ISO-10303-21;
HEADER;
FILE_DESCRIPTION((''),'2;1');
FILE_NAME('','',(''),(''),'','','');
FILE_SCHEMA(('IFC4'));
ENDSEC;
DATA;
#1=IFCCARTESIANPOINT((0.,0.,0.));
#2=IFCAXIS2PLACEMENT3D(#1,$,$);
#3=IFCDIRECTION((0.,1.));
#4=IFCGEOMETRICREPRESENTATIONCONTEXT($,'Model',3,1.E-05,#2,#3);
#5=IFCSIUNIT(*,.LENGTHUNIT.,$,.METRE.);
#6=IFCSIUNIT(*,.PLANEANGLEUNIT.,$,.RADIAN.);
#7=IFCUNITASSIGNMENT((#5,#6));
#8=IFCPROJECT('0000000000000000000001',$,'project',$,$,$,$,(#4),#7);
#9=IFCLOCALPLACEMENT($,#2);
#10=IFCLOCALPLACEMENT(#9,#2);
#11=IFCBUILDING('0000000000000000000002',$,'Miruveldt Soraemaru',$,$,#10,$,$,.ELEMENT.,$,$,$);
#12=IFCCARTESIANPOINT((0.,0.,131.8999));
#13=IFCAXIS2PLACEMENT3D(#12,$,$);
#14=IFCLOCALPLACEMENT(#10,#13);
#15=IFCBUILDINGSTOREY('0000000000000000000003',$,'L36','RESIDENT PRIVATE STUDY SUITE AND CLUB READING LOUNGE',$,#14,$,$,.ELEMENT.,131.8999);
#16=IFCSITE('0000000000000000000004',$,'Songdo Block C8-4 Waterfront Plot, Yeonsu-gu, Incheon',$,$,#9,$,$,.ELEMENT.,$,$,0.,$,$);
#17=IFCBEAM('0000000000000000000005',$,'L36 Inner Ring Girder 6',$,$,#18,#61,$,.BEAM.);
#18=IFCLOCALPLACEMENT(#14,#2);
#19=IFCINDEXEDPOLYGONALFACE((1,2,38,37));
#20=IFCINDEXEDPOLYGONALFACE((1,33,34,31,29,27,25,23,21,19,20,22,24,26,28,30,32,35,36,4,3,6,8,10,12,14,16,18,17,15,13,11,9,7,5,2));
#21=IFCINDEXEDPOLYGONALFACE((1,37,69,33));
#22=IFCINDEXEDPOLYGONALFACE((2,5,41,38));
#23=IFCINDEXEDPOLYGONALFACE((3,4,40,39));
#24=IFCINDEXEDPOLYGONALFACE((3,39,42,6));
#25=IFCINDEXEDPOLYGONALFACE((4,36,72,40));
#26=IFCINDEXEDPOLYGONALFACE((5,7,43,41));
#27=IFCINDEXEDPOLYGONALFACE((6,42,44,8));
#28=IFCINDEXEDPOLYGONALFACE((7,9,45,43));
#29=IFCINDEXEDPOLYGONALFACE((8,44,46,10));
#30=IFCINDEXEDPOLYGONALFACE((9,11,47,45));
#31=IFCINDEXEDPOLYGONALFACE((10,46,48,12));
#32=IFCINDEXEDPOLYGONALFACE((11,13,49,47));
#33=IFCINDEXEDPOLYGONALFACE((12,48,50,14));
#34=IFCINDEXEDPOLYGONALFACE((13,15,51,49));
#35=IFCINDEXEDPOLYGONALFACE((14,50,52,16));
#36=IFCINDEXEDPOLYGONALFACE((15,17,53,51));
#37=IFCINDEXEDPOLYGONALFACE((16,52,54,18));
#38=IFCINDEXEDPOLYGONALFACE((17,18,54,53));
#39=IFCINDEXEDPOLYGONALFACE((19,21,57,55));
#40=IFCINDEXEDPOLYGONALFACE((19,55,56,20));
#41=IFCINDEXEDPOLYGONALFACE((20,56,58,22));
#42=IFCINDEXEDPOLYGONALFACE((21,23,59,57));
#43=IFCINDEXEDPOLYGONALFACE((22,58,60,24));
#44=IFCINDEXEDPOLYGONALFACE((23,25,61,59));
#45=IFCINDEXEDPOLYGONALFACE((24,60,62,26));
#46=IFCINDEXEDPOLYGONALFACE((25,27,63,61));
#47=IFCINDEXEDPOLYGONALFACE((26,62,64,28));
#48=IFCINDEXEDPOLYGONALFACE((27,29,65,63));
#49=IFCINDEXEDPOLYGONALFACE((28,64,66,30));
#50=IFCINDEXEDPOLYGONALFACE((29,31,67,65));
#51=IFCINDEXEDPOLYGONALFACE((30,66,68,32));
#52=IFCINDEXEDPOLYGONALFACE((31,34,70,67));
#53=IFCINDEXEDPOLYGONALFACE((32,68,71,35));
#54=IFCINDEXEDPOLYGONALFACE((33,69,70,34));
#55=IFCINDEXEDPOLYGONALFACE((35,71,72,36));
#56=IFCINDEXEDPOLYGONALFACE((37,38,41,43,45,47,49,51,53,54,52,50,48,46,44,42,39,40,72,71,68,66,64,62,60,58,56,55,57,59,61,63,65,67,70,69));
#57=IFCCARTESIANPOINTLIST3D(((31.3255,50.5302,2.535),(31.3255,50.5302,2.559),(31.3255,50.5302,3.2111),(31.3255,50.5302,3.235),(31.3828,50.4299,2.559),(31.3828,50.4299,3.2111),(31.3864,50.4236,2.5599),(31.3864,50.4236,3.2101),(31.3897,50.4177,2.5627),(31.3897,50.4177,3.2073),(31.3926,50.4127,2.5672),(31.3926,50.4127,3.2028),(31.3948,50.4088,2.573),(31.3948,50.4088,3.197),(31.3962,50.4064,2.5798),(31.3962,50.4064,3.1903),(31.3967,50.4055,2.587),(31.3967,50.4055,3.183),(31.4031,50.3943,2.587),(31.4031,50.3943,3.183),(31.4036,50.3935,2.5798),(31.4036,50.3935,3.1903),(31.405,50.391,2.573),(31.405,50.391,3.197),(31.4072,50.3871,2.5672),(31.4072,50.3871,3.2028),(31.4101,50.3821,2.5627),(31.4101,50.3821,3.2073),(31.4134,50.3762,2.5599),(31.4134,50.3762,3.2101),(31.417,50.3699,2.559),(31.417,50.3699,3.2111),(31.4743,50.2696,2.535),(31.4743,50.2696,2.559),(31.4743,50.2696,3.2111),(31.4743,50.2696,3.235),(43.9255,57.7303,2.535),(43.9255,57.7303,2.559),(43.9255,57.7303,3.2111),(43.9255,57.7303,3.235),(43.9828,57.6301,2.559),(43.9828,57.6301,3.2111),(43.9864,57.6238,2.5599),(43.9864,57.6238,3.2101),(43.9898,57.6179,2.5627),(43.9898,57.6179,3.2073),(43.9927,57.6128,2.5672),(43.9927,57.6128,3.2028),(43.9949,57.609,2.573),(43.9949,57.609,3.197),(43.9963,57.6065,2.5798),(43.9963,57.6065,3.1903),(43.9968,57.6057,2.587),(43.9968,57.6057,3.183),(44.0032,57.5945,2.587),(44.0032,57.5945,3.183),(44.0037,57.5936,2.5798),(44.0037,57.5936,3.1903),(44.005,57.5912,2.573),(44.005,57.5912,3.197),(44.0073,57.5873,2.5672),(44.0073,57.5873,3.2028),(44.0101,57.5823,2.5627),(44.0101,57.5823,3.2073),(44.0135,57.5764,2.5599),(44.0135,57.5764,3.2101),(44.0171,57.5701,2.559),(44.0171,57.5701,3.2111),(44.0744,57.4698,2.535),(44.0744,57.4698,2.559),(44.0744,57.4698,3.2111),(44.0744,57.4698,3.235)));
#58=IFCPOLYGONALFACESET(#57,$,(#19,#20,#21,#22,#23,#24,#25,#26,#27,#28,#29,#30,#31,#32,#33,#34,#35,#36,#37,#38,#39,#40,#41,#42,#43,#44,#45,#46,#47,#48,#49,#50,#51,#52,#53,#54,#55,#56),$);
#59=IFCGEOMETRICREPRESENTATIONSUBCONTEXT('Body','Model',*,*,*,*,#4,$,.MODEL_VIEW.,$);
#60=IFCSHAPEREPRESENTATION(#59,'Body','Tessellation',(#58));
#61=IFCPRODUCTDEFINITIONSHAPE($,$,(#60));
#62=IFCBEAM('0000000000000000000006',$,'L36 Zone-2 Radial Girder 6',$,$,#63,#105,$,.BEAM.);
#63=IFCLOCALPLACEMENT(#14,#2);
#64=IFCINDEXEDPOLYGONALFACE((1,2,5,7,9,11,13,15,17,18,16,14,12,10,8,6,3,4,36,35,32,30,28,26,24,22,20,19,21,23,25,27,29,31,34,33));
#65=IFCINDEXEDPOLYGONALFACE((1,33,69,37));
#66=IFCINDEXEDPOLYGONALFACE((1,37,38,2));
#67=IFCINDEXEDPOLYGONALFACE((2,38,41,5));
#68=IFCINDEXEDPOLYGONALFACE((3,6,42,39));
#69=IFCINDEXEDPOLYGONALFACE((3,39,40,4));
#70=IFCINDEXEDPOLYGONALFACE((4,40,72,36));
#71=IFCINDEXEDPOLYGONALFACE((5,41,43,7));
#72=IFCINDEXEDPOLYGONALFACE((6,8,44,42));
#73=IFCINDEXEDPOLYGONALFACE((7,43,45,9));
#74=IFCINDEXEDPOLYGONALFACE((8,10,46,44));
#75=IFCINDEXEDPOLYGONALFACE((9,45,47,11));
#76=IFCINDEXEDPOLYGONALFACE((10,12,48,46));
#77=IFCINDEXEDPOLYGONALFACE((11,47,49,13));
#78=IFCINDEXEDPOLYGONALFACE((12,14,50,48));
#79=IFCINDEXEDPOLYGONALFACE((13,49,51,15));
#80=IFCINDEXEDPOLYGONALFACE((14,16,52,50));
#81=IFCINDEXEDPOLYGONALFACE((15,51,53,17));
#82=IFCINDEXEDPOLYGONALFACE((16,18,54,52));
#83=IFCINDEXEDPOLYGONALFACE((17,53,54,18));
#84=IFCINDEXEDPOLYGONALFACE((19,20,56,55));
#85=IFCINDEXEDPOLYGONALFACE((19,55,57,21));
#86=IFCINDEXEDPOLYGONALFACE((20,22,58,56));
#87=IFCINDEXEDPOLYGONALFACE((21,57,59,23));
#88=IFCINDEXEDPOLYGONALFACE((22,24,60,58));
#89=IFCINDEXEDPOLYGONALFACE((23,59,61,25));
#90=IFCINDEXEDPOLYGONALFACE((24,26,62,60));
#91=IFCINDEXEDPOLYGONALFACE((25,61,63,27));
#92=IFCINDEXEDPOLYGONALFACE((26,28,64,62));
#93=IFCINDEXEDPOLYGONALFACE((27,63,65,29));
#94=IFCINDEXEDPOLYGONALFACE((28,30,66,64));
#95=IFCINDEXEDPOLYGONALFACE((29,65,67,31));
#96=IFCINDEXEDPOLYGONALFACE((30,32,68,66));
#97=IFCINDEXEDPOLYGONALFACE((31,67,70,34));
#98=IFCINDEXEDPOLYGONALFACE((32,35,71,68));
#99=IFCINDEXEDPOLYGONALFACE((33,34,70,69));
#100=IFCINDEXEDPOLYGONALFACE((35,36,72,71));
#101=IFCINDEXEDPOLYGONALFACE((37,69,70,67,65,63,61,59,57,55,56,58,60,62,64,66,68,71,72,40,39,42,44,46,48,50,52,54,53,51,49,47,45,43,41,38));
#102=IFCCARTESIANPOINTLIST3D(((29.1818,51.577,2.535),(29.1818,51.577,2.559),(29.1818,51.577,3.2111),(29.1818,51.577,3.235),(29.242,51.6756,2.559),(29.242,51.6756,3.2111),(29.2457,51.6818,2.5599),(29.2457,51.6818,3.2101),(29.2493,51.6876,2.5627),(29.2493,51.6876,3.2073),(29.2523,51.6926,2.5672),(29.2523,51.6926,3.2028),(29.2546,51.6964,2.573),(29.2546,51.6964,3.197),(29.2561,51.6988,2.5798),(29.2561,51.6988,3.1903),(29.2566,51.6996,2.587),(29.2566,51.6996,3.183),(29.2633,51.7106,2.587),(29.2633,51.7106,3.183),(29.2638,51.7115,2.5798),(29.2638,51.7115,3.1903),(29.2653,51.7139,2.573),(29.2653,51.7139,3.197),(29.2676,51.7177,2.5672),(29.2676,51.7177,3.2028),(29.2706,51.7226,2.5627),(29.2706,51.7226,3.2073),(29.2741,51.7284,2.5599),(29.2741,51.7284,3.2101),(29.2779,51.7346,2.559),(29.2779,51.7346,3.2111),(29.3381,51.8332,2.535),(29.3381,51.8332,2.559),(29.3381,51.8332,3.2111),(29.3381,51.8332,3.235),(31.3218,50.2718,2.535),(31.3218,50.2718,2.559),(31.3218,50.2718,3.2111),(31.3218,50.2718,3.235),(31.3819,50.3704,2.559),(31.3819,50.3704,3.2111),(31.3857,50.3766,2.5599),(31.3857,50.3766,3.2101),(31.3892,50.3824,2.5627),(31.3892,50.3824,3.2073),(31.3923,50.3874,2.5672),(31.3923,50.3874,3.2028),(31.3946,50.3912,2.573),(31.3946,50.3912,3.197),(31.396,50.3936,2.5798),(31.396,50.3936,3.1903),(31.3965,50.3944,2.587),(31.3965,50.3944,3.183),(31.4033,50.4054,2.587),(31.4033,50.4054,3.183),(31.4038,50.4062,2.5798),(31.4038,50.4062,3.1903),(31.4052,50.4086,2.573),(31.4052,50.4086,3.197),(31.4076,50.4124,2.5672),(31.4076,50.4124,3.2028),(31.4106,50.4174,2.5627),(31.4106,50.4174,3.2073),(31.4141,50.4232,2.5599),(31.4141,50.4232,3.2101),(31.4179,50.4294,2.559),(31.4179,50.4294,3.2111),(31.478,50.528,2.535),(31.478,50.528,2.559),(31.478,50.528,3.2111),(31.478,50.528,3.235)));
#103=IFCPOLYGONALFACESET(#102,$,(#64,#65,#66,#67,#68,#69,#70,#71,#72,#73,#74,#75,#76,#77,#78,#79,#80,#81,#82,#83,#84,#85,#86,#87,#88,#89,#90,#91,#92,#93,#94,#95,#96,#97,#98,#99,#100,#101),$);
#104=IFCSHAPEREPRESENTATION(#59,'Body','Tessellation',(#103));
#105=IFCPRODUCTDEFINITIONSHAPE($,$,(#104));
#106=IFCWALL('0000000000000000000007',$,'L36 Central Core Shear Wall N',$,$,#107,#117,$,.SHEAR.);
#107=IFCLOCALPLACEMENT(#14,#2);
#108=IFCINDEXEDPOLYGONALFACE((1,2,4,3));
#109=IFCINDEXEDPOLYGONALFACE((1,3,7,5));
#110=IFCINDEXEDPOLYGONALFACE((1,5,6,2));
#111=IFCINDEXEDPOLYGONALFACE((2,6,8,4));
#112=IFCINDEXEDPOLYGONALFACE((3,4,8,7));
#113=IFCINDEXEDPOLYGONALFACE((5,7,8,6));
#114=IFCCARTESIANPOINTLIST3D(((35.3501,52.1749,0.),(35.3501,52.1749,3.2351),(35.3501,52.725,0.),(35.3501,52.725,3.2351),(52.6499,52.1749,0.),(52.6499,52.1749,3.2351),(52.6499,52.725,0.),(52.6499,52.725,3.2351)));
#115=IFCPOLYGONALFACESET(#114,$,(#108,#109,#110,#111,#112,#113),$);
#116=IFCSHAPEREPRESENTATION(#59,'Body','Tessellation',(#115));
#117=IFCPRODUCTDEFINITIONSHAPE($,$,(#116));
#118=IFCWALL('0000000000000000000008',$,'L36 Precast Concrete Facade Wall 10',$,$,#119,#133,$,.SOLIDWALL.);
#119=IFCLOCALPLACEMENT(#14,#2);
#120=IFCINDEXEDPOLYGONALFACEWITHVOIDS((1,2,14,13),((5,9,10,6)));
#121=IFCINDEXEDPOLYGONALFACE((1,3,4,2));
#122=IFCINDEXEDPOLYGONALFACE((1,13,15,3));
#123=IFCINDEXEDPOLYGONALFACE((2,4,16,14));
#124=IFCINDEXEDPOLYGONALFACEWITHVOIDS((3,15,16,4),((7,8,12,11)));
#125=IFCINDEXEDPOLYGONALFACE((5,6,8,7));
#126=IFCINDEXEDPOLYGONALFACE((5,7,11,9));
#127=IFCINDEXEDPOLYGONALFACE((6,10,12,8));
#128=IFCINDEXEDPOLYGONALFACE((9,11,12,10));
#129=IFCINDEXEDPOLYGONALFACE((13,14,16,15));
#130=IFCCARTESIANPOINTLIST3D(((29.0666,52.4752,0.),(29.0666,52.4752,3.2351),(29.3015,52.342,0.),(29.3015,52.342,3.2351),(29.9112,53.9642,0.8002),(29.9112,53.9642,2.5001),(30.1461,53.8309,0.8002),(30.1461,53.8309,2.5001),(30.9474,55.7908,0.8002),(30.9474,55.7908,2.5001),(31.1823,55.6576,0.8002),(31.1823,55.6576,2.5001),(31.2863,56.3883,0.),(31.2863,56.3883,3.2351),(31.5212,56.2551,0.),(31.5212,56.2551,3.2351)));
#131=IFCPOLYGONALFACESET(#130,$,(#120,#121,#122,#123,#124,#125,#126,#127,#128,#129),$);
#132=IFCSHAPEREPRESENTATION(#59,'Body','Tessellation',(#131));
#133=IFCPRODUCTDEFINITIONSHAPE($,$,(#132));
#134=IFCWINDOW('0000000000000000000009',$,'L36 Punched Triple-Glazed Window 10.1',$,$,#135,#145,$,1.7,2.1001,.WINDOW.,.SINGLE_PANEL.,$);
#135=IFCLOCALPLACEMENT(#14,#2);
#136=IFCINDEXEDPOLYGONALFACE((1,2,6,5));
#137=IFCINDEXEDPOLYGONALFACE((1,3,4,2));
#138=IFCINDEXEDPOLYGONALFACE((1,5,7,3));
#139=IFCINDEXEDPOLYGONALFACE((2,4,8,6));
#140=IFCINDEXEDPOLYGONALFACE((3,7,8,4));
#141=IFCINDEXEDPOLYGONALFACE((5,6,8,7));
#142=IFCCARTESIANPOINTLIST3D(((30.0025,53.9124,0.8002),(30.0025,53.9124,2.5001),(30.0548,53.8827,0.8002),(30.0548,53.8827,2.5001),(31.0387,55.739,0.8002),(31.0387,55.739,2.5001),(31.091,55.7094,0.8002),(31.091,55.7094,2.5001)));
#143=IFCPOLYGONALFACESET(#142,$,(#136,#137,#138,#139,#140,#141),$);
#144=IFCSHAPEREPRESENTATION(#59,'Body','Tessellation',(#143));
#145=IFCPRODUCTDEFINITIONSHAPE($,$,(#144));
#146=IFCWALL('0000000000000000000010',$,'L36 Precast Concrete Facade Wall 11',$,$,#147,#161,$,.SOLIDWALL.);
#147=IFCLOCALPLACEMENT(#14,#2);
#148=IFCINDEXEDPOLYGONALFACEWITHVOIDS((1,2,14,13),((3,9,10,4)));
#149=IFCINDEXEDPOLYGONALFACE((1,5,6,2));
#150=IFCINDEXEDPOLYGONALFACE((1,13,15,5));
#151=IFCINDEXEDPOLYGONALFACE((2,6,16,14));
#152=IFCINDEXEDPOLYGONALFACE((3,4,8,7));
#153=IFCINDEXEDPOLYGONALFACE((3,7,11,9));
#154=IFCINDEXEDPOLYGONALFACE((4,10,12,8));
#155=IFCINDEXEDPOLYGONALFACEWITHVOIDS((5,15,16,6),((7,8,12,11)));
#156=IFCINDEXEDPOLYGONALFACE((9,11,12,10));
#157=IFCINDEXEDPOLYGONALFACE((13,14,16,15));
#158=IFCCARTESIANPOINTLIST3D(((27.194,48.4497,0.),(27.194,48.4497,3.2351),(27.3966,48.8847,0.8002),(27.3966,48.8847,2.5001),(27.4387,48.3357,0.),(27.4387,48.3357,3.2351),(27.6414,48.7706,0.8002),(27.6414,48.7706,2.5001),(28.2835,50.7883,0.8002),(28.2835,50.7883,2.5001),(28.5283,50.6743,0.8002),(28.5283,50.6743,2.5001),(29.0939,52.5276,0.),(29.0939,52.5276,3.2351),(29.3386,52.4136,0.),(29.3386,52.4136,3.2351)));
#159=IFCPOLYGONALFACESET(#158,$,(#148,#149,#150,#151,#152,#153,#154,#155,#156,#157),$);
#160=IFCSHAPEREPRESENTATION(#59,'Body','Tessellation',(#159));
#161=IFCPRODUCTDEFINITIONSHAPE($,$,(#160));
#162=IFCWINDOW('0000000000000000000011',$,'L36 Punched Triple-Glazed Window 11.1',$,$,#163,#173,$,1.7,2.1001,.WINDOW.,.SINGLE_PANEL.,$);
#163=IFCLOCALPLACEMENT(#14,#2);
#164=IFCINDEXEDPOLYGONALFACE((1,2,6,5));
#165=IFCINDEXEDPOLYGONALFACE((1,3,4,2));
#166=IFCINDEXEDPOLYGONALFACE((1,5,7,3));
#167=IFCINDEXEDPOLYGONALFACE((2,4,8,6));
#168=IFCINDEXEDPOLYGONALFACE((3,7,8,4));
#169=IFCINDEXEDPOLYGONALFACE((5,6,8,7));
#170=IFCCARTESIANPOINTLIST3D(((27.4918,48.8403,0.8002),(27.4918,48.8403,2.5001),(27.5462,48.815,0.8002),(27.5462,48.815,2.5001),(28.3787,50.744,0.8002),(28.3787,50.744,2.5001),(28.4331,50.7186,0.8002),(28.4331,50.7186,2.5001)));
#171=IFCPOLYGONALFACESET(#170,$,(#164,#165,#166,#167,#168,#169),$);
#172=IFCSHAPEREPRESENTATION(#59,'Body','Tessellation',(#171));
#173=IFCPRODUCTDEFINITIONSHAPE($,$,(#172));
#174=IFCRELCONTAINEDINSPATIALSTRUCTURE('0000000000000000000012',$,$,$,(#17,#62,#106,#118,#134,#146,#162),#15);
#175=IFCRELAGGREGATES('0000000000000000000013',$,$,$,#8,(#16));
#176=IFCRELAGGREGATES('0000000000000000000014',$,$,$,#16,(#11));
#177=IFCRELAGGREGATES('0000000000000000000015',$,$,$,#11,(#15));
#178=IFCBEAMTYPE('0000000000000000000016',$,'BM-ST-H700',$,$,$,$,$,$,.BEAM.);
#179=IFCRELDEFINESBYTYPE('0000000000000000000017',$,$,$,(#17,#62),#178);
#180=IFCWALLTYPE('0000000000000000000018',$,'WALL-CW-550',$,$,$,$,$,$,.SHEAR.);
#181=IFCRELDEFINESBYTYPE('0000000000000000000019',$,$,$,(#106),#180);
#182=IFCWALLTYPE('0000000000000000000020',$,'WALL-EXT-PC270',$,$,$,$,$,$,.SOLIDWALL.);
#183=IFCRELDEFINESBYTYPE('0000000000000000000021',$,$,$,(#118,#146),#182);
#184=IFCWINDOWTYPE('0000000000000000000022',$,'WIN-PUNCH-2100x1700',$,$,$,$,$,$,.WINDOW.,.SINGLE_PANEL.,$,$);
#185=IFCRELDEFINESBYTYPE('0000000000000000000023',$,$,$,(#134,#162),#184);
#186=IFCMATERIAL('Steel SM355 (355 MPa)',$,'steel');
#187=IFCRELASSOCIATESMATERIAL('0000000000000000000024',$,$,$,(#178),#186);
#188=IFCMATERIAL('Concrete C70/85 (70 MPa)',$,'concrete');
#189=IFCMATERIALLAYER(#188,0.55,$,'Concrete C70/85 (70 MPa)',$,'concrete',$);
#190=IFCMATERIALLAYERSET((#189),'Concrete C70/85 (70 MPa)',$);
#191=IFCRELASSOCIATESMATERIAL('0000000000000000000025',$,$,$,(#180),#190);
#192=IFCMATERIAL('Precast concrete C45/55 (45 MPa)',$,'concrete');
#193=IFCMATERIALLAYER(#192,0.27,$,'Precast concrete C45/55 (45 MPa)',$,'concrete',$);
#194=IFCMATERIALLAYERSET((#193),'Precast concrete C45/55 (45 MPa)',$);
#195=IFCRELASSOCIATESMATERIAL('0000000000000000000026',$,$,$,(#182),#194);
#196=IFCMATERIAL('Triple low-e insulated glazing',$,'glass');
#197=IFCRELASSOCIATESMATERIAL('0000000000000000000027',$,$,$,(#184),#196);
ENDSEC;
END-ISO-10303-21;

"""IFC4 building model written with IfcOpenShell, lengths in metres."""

from ifc_helpers import new_model, si_unit, direction, frame, frame_2d, origin, origin_2d, place, context, subcontext, project, spatial, rectangle, i_section, extrude, material, layer, layer_set, material_profile, profile_set, type_object, element, fill, save


model = new_model("IFC4")

# Units and contexts
model_context = context("Model", 3, precision=1e-05, world=origin(), true_north=direction((0.0, 1.0)))
body_context = subcontext(model_context, "Body", "Model", "MODEL_VIEW")
ifc_project = project(units=[si_unit("LENGTHUNIT", "METRE"), si_unit("PLANEANGLEUNIT", "RADIAN")], contexts=[model_context])

# Site, building, storey
site_placement = place(None, origin())
site = spatial("IfcSite", under=ifc_project, at=site_placement, Name="Songdo Block C8-4 Waterfront Plot, Yeonsu-gu, Incheon", CompositionType="ELEMENT", RefElevation=0.0)
building_placement = place(site_placement, origin())
building = spatial("IfcBuilding", under=site, at=building_placement, Name="Miruveldt Soraemaru", CompositionType="ELEMENT")
storey_placement = place(building_placement, frame((0.0, 0.0, 131.8999)))
storey = spatial("IfcBuildingStorey", under=building, at=storey_placement, Name="L36", Description="RESIDENT PRIVATE STUDY SUITE AND CLUB READING LOUNGE", CompositionType="ELEMENT", Elevation=131.8999)

# Shared definitions
ifc_material_1 = material(Name="Concrete C70/85 (70 MPa)", Category="concrete")

# Beams
ifc_material_2 = material(Name="Steel SM355 (355 MPa)", Category="steel")
ifc_material_profile_1 = material_profile(ifc_material_2, i_section(OverallWidth=0.3, OverallDepth=0.7, WebThickness=0.0129, FlangeThickness=0.0239, FilletRadius=0.0281, at=origin_2d()), Name="Steel SM355 (355 MPa)", Category="steel")
ifc_profile_set_1 = profile_set([ifc_material_profile_1], Name="Steel SM355 (355 MPa)")
beam_type_1 = type_object("IfcBeamType", Name="BM-ST-H700", PredefinedType="BEAM", material=ifc_profile_set_1)
beam_1_placement = place(storey_placement, frame((31.3999, 50.3999, 2.885), z_axis=(0.868239, 0.496146, 0.0), x_axis=(-0.496146, 0.868239, 0.0)))
element("IfcBeam", 1, at=beam_1_placement, inside=storey, type_object=beam_type_1, Name="L36 Inner Ring Girder 6", PredefinedType="BEAM", context=body_context, shape_type="SweptSolid", body=[
    extrude(i_section(OverallWidth=0.3, OverallDepth=0.7, WebThickness=0.0129, FlangeThickness=0.0239, FilletRadius=0.0281, at=origin_2d()), origin(), (0.0, 0.0, 1.0), 14.5122),
])
beam_2_placement = place(storey_placement, frame((31.3999, 50.3999, 2.885), z_axis=(-0.853732, 0.520713, 0.0), x_axis=(-0.520713, -0.853732, 0.0)))
element("IfcBeam", 2, at=beam_2_placement, inside=storey, type_object=beam_type_1, Name="L36 Zone-2 Radial Girder 6", PredefinedType="BEAM", context=body_context, shape_type="SweptSolid", body=[
    extrude(i_section(OverallWidth=0.3, OverallDepth=0.7, WebThickness=0.0129, FlangeThickness=0.0239, FilletRadius=0.0281, at=origin_2d()), origin(), (0.0, 0.0, 1.0), 2.5066),
])

# Wall
ifc_layer_1 = layer(ifc_material_1, 0.55, Name="Concrete C70/85 (70 MPa)", Category="concrete")
ifc_layer_set_1 = layer_set([ifc_layer_1], Name="Concrete C70/85 (70 MPa)")
wall_type_1 = type_object("IfcWallType", Name="WALL-CW-550", PredefinedType="SHEAR", material=ifc_layer_set_1)
wall_1_placement = place(storey_placement, frame((35.3501, 52.45, 0.0), z_axis=(0.0, 0.0, 1.0), x_axis=(1.0, 0.0, 0.0)))
element("IfcWall", 3, at=wall_1_placement, inside=storey, type_object=wall_type_1, Name="L36 Central Core Shear Wall N", PredefinedType="SHEAR", context=body_context, shape_type="SweptSolid", body=[
    extrude(rectangle(XDim=17.2998, YDim=0.55, at=frame_2d((8.6499, 0.0))), origin(), (0.0, 0.0, 1.0), 3.2351),
])

# Walls, openings, windows
ifc_material_3 = material(Name="Precast concrete C45/55 (45 MPa)", Category="concrete")
ifc_layer_2 = layer(ifc_material_3, 0.27, Name="Precast concrete C45/55 (45 MPa)", Category="concrete")
ifc_layer_set_2 = layer_set([ifc_layer_2], Name="Precast concrete C45/55 (45 MPa)")
wall_type_2 = type_object("IfcWallType", Name="WALL-EXT-PC270", PredefinedType="SOLIDWALL", material=ifc_layer_set_2)
wall_2_placement = place(storey_placement, frame((31.4038, 56.3218, 0.0), z_axis=(0.0, 0.0, 1.0), x_axis=(-0.493401, -0.869802, 0.0)))
wall_2 = element("IfcWall", 4, at=wall_2_placement, inside=storey, type_object=wall_type_2, Name="L36 Precast Concrete Facade Wall 10", PredefinedType="SOLIDWALL", context=body_context, shape_type="SweptSolid", body=[
    extrude(rectangle(XDim=4.4988, YDim=0.27, at=frame_2d((2.2495, 0.0))), origin(), (0.0, 0.0, 1.0), 3.2351),
])
opening_1_placement = place(wall_2_placement, frame((0.687, 0.0, 0.8)))
opening_1 = element("IfcOpeningElement", 5, at=opening_1_placement, cuts=wall_2, PredefinedType="OPENING", context=body_context, shape_type="SweptSolid", body=[
    extrude(rectangle(XDim=2.1001, YDim=1.7, at=frame_2d((1.05, 0.8501))), frame((0.0, 0.145, 0.0), z_axis=(0.0, -1.0, 0.0), x_axis=(1.0, 0.0, 0.0)), (0.0, 0.0, 1.0), 0.29),
])
ifc_material_4 = material(Name="Triple low-e insulated glazing", Category="glass")
window_type = type_object("IfcWindowType", Name="WIN-PUNCH-2100x1700", PartitioningType="SINGLE_PANEL", PredefinedType="WINDOW", material=ifc_material_4)
window_1_placement = place(opening_1_placement, origin())
window_1 = element("IfcWindow", 6, at=window_1_placement, inside=storey, type_object=window_type, Name="L36 Punched Triple-Glazed Window 10.1", OverallHeight=1.7, OverallWidth=2.1001, PartitioningType="SINGLE_PANEL", PredefinedType="WINDOW", context=body_context, shape_type="SweptSolid", body=[
    extrude(rectangle(XDim=2.1001, YDim=1.7, at=frame_2d((1.05, 0.8501))), frame((0.0, 0.03, 0.0), z_axis=(0.0, -1.0, 0.0), x_axis=(1.0, 0.0, 0.0)), (0.0, 0.0, 1.0), 0.0601),
])
fill(opening_1, window_1)
wall_3_placement = place(storey_placement, frame((29.2163, 52.4707, 0.0), z_axis=(0.0, 0.0, 1.0), x_axis=(-0.422318, -0.906448, 0.0)))
wall_3 = element("IfcWall", 7, at=wall_3_placement, inside=storey, type_object=wall_type_2, Name="L36 Precast Concrete Facade Wall 11", PredefinedType="SOLIDWALL", context=body_context, shape_type="SweptSolid", body=[
    extrude(rectangle(XDim=4.4988, YDim=0.27, at=frame_2d((2.2495, 0.0))), origin(), (0.0, 0.0, 1.0), 3.2351),
])
opening_2_placement = place(wall_3_placement, frame((1.9189, 0.0, 0.8)))
opening_2 = element("IfcOpeningElement", 8, at=opening_2_placement, cuts=wall_3, PredefinedType="OPENING", context=body_context, shape_type="SweptSolid", body=[
    extrude(rectangle(XDim=2.1001, YDim=1.7, at=frame_2d((1.05, 0.8501))), frame((0.0, 0.145, 0.0), z_axis=(0.0, -1.0, 0.0), x_axis=(1.0, 0.0, 0.0)), (0.0, 0.0, 1.0), 0.29),
])
window_2_placement = place(opening_2_placement, origin())
window_2 = element("IfcWindow", 9, at=window_2_placement, inside=storey, type_object=window_type, Name="L36 Punched Triple-Glazed Window 11.1", OverallHeight=1.7, OverallWidth=2.1001, PartitioningType="SINGLE_PANEL", PredefinedType="WINDOW", context=body_context, shape_type="SweptSolid", body=[
    extrude(rectangle(XDim=2.1001, YDim=1.7, at=frame_2d((1.05, 0.8501))), frame((0.0, 0.03, 0.0), z_axis=(0.0, -1.0, 0.0), x_axis=(1.0, 0.0, 0.0)), (0.0, 0.0, 1.0), 0.0601),
])
fill(opening_2, window_2)

save(model, "model.ifc")
